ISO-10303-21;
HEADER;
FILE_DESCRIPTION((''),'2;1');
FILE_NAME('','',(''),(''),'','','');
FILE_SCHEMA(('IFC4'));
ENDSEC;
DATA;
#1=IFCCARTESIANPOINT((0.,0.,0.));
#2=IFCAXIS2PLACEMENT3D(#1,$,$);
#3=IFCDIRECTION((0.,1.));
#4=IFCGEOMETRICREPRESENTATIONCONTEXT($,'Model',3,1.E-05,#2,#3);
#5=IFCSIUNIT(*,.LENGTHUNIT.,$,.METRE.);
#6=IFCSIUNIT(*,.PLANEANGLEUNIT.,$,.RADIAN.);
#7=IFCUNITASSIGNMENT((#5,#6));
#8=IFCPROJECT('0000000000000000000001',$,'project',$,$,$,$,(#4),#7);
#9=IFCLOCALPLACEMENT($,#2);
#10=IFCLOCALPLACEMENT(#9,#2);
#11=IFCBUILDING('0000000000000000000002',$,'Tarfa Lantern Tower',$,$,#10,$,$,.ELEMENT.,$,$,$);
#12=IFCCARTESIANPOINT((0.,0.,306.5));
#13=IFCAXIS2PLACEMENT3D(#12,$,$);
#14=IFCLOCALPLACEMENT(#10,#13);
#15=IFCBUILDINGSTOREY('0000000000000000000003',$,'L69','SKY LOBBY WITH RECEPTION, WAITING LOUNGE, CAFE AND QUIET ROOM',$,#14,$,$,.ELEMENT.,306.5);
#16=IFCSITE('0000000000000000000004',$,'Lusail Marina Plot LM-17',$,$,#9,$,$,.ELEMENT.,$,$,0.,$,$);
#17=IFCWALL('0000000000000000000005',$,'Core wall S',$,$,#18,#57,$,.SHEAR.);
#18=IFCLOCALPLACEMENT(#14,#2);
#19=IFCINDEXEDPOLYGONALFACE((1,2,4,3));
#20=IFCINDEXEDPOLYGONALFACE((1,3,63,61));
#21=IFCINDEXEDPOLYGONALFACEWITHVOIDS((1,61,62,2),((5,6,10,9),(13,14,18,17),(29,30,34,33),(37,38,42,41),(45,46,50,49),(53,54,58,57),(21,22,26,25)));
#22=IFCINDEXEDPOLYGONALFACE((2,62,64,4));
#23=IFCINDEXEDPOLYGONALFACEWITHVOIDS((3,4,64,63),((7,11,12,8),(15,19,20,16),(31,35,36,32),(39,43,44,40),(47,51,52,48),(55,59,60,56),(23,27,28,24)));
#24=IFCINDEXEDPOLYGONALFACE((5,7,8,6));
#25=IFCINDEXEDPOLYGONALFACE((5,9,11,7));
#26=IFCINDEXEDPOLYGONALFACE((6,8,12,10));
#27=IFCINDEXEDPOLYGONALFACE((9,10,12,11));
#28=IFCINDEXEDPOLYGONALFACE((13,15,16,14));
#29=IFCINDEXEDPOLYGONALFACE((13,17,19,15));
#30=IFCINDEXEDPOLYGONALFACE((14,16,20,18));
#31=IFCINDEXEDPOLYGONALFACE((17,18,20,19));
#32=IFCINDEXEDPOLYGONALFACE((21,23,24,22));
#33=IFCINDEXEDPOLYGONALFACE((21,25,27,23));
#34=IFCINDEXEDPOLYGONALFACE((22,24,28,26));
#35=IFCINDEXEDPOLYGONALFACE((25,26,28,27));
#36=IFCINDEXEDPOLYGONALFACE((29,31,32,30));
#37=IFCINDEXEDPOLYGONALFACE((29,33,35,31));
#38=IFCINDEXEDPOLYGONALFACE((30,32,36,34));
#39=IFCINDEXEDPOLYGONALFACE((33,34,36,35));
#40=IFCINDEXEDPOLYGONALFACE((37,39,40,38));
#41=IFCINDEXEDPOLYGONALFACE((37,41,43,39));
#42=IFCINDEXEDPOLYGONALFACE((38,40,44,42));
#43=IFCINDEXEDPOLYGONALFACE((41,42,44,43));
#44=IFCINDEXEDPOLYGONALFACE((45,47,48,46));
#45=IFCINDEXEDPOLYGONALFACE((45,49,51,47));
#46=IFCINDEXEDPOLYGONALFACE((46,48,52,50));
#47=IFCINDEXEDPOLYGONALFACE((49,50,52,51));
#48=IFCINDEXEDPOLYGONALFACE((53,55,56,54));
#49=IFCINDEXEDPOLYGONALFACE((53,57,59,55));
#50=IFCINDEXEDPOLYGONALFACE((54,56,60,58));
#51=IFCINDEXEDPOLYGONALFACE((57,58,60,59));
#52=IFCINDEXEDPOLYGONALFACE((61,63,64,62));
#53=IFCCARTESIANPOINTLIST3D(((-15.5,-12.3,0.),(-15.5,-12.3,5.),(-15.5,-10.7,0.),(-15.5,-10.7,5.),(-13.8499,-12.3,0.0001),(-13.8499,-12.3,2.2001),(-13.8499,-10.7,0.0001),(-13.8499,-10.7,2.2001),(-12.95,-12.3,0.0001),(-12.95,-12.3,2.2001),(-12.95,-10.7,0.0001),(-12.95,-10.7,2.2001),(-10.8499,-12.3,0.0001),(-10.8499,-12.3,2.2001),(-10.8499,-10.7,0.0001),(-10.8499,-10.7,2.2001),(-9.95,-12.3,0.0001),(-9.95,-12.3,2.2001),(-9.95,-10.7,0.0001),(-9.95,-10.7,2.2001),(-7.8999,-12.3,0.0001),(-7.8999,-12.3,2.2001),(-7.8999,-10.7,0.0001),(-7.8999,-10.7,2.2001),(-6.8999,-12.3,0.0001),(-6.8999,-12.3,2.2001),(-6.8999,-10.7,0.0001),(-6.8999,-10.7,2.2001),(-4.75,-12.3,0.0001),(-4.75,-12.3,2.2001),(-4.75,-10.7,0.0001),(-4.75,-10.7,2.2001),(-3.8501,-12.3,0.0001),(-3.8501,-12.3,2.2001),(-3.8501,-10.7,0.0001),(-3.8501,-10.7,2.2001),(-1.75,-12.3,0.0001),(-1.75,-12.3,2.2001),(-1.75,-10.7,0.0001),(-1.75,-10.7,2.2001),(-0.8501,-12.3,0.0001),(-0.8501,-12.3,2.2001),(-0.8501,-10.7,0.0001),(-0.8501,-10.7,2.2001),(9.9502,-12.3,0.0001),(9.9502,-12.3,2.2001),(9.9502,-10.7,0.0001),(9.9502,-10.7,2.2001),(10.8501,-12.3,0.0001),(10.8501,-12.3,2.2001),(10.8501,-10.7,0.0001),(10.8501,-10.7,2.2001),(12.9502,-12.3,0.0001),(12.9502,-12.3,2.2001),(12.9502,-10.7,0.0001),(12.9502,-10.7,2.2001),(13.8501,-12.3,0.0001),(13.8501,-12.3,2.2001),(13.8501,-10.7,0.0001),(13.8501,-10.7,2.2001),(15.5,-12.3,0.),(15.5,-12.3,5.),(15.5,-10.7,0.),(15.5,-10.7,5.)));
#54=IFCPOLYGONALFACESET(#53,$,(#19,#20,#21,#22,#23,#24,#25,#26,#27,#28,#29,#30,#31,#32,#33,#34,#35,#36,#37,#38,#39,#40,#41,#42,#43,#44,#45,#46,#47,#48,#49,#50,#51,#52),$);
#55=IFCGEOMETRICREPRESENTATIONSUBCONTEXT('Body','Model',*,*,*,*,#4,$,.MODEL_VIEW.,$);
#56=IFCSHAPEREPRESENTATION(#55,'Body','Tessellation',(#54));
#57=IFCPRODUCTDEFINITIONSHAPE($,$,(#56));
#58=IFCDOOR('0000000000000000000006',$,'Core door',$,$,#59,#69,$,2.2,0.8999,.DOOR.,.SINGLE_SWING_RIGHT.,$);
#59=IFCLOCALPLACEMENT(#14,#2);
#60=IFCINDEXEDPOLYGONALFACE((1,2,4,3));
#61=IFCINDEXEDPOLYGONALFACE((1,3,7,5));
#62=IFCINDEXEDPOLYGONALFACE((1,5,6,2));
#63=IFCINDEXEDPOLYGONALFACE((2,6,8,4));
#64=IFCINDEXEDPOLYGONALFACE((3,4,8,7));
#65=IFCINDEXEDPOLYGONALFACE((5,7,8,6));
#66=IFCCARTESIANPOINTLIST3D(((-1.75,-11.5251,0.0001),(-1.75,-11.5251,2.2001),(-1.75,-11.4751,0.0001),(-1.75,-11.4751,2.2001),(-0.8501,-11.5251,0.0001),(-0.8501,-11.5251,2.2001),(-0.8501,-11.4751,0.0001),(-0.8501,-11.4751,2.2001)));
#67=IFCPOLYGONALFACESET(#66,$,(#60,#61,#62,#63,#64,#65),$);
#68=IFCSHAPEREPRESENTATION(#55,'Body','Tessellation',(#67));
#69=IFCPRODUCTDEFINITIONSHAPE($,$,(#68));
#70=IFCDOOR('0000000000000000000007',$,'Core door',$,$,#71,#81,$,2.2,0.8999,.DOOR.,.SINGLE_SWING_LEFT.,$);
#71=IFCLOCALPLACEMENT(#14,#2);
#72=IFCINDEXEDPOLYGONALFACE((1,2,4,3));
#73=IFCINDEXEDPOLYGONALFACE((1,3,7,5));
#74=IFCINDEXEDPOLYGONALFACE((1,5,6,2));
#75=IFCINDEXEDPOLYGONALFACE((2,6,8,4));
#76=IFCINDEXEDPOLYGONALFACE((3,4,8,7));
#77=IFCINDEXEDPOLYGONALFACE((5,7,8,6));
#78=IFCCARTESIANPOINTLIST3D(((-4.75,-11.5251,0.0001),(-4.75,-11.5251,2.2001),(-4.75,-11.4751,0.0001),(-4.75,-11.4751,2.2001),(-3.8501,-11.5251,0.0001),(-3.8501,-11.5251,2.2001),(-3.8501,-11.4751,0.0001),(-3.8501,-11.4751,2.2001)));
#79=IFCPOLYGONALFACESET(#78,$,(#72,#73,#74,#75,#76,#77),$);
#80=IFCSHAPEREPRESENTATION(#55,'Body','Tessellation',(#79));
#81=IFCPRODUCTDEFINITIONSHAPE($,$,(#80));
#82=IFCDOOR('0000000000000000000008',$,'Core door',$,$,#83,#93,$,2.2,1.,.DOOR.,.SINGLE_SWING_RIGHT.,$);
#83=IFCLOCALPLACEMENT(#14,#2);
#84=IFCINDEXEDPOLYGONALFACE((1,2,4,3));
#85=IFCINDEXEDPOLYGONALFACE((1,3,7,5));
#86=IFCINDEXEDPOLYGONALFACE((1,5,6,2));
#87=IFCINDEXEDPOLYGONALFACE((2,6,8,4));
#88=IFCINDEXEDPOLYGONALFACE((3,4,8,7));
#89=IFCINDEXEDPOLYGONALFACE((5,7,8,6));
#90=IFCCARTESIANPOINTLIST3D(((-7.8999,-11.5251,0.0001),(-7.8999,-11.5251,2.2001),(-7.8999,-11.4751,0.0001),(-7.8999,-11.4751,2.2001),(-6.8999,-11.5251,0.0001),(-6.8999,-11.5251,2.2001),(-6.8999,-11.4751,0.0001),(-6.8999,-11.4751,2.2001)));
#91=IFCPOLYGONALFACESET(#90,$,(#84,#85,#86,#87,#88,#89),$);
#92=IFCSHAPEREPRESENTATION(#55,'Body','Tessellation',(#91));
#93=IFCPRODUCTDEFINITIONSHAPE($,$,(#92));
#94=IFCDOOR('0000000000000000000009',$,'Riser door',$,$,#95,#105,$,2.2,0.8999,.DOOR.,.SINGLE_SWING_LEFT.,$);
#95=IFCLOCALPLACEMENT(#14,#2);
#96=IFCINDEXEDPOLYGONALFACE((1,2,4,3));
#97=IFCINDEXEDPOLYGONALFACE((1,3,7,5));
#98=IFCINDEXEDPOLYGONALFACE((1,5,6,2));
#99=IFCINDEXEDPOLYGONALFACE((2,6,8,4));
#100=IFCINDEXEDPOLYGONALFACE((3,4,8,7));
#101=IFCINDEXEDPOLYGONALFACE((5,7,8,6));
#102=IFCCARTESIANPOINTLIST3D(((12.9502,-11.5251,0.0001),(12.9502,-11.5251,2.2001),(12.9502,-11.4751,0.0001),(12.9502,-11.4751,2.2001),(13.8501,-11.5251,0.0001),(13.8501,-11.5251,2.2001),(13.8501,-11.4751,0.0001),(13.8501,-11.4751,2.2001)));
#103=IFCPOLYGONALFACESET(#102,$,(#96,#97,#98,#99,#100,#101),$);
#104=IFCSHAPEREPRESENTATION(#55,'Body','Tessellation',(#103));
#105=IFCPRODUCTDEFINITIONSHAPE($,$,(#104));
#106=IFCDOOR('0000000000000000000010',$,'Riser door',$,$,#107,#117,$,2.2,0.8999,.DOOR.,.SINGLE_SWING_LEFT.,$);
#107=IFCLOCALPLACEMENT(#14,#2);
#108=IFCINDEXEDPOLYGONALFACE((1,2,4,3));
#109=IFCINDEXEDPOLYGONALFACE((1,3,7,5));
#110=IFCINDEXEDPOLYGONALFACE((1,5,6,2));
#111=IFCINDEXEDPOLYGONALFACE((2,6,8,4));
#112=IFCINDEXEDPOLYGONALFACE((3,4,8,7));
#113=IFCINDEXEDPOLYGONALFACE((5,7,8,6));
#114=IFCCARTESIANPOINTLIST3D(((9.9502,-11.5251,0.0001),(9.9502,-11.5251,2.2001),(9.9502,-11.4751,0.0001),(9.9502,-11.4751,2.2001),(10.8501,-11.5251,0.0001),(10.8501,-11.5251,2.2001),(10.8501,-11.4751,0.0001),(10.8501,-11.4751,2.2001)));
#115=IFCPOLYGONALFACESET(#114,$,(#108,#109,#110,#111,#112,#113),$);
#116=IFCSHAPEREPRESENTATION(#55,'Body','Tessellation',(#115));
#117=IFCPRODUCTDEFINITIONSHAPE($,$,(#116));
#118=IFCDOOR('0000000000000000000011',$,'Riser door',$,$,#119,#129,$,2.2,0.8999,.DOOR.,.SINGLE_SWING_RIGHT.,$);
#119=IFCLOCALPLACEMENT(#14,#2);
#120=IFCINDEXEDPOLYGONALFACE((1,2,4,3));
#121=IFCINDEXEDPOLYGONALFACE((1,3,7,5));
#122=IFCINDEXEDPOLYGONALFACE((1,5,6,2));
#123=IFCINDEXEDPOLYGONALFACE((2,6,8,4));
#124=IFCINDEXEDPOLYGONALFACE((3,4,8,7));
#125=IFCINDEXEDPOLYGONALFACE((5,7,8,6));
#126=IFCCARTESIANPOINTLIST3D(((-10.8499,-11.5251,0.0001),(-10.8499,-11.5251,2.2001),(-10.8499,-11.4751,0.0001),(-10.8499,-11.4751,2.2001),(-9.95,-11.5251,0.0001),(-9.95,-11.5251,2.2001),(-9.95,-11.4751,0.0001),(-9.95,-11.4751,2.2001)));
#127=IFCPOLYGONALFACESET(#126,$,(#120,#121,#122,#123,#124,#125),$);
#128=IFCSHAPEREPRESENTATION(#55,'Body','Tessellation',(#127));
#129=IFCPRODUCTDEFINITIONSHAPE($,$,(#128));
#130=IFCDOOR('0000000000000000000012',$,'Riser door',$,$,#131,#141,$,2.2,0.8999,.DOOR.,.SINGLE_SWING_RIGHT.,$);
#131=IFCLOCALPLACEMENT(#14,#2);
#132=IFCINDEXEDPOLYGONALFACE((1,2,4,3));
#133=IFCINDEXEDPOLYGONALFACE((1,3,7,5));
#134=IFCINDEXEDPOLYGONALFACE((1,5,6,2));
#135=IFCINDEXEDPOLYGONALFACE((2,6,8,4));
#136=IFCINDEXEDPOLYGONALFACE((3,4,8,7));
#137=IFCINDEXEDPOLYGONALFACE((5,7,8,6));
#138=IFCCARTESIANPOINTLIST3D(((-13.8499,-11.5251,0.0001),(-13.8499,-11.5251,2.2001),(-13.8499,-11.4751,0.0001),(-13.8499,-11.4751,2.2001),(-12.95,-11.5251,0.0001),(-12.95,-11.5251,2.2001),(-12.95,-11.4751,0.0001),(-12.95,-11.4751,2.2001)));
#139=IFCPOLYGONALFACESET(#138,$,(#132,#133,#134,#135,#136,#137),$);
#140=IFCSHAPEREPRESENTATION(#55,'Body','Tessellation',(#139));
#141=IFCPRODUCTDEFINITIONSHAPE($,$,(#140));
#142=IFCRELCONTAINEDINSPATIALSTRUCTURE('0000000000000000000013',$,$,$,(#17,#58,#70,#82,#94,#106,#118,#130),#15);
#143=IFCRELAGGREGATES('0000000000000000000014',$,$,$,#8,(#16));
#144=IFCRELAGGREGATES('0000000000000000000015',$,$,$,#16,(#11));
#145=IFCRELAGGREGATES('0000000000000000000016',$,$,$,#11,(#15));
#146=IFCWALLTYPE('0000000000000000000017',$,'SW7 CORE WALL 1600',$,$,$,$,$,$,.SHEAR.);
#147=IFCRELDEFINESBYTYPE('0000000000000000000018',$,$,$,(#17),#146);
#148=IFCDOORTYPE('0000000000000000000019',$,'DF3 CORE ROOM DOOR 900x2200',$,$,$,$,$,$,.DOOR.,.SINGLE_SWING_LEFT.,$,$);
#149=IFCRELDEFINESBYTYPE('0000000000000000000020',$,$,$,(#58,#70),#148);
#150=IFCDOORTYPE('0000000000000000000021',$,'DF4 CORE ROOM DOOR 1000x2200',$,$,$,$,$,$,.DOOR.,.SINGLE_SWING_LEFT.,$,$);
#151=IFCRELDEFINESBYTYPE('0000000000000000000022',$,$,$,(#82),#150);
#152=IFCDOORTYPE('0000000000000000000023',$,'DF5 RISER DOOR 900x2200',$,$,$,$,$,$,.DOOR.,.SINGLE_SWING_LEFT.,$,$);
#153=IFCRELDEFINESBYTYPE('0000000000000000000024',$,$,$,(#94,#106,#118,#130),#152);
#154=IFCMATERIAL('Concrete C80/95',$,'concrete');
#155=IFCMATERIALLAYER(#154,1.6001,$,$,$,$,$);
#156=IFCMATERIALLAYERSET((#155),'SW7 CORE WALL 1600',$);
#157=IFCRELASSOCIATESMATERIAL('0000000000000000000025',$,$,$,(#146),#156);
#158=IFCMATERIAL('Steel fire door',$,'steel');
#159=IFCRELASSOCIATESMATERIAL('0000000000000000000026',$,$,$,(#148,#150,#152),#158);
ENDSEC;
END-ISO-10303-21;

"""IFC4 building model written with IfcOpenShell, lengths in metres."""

from ifc_helpers import new_model, si_unit, direction, frame, frame_2d, origin, place, context, subcontext, project, spatial, rectangle, extrude, material, layer, layer_set, type_object, element, fill, save


model = new_model("IFC4")

# Units and contexts
model_context = context("Model", 3, precision=1e-05, world=origin(), true_north=direction((0.0, 1.0)))
body_context = subcontext(model_context, "Body", "Model", "MODEL_VIEW")
ifc_project = project(units=[si_unit("LENGTHUNIT", "METRE"), si_unit("PLANEANGLEUNIT", "RADIAN")], contexts=[model_context])

# Site, building, storey
site_placement = place(None, origin())
site = spatial("IfcSite", under=ifc_project, at=site_placement, Name="Lusail Marina Plot LM-17", CompositionType="ELEMENT", RefElevation=0.0)
building_placement = place(site_placement, origin())
building = spatial("IfcBuilding", under=site, at=building_placement, Name="Tarfa Lantern Tower", CompositionType="ELEMENT")
storey_placement = place(building_placement, frame((0.0, 0.0, 306.5)))
storey = spatial("IfcBuildingStorey", under=building, at=storey_placement, Name="L69", Description="SKY LOBBY WITH RECEPTION, WAITING LOUNGE, CAFE AND QUIET ROOM", CompositionType="ELEMENT", Elevation=306.5)

# Shared definitions
ifc_material_1 = material(Name="Concrete C80/95", Category="concrete")

# Shared definitions
ifc_material_2 = material(Name="Steel fire door", Category="steel")

# Wall, openings, doors
ifc_layer_1 = layer(ifc_material_1, 1.6001)
ifc_layer_set_1 = layer_set([ifc_layer_1], Name="SW7 CORE WALL 1600")
wall_type_1 = type_object("IfcWallType", Name="SW7 CORE WALL 1600", PredefinedType="SHEAR", material=ifc_layer_set_1)
wall_1_placement = place(storey_placement, frame((15.5, -11.5, 0.0), z_axis=(0.0, 0.0, 1.0), x_axis=(-1.0, 0.0, 0.0)))
wall_1 = element("IfcWall", 1, at=wall_1_placement, inside=storey, type_object=wall_type_1, Name="Core wall S", PredefinedType="SHEAR", context=body_context, shape_type="SweptSolid", body=[
    extrude(rectangle(XDim=31.0, YDim=1.6001, at=frame_2d((15.5, 0.0))), origin(), (0.0, 0.0, 1.0), 5.0),
])
opening_1_placement = place(wall_1_placement, frame((16.3501, 0.0, 0.0)))
opening_1 = element("IfcOpeningElement", 2, at=opening_1_placement, cuts=wall_1, PredefinedType="OPENING", context=body_context, shape_type="SweptSolid", body=[
    extrude(rectangle(XDim=0.8999, YDim=2.2, at=frame_2d((0.45, 1.1001))), frame((0.0, 0.8101, 0.0), z_axis=(0.0, -1.0, 0.0), x_axis=(1.0, 0.0, 0.0)), (0.0, 0.0, 1.0), 1.6201),
])
opening_2_placement = place(wall_1_placement, frame((19.3501, 0.0, 0.0)))
opening_2 = element("IfcOpeningElement", 3, at=opening_2_placement, cuts=wall_1, PredefinedType="OPENING", context=body_context, shape_type="SweptSolid", body=[
    extrude(rectangle(XDim=0.8999, YDim=2.2, at=frame_2d((0.45, 1.1001))), frame((0.0, 0.8101, 0.0), z_axis=(0.0, -1.0, 0.0), x_axis=(1.0, 0.0, 0.0)), (0.0, 0.0, 1.0), 1.6201),
])
opening_3_placement = place(wall_1_placement, frame((22.3999, 0.0, 0.0)))
opening_3 = element("IfcOpeningElement", 4, at=opening_3_placement, cuts=wall_1, PredefinedType="OPENING", context=body_context, shape_type="SweptSolid", body=[
    extrude(rectangle(XDim=1.0, YDim=2.2, at=frame_2d((0.5, 1.1001))), frame((0.0, 0.8101, 0.0), z_axis=(0.0, -1.0, 0.0), x_axis=(1.0, 0.0, 0.0)), (0.0, 0.0, 1.0), 1.6201),
])
opening_4_placement = place(wall_1_placement, frame((1.6499, 0.0, 0.0)))
opening_4 = element("IfcOpeningElement", 5, at=opening_4_placement, cuts=wall_1, PredefinedType="OPENING", context=body_context, shape_type="SweptSolid", body=[
    extrude(rectangle(XDim=0.8999, YDim=2.2, at=frame_2d((0.45, 1.1001))), frame((0.0, 0.8101, 0.0), z_axis=(0.0, -1.0, 0.0), x_axis=(1.0, 0.0, 0.0)), (0.0, 0.0, 1.0), 1.6201),
])
opening_5_placement = place(wall_1_placement, frame((4.6499, 0.0, 0.0)))
opening_5 = element("IfcOpeningElement", 6, at=opening_5_placement, cuts=wall_1, PredefinedType="OPENING", context=body_context, shape_type="SweptSolid", body=[
    extrude(rectangle(XDim=0.8999, YDim=2.2, at=frame_2d((0.45, 1.1001))), frame((0.0, 0.8101, 0.0), z_axis=(0.0, -1.0, 0.0), x_axis=(1.0, 0.0, 0.0)), (0.0, 0.0, 1.0), 1.6201),
])
opening_6_placement = place(wall_1_placement, frame((25.45, 0.0, 0.0)))
opening_6 = element("IfcOpeningElement", 7, at=opening_6_placement, cuts=wall_1, PredefinedType="OPENING", context=body_context, shape_type="SweptSolid", body=[
    extrude(rectangle(XDim=0.8999, YDim=2.2, at=frame_2d((0.45, 1.1001))), frame((0.0, 0.8101, 0.0), z_axis=(0.0, -1.0, 0.0), x_axis=(1.0, 0.0, 0.0)), (0.0, 0.0, 1.0), 1.6201),
])
opening_7_placement = place(wall_1_placement, frame((28.45, 0.0, 0.0)))
opening_7 = element("IfcOpeningElement", 8, at=opening_7_placement, cuts=wall_1, PredefinedType="OPENING", context=body_context, shape_type="SweptSolid", body=[
    extrude(rectangle(XDim=0.8999, YDim=2.2, at=frame_2d((0.45, 1.1001))), frame((0.0, 0.8101, 0.0), z_axis=(0.0, -1.0, 0.0), x_axis=(1.0, 0.0, 0.0)), (0.0, 0.0, 1.0), 1.6201),
])
door_type_1 = type_object("IfcDoorType", Name="DF3 CORE ROOM DOOR 900x2200", OperationType="SINGLE_SWING_LEFT", PredefinedType="DOOR", material=ifc_material_2)
door_1_placement = place(opening_1_placement, frame((0.8999, 0.0, 0.0), z_axis=(0.0, 0.0, 1.0), x_axis=(-1.0, 0.0, 0.0)))
door_1 = element("IfcDoor", 9, at=door_1_placement, inside=storey, type_object=door_type_1, Name="Core door", OperationType="SINGLE_SWING_RIGHT", OverallHeight=2.2, OverallWidth=0.8999, PredefinedType="DOOR", context=body_context, shape_type="SweptSolid", body=[
    extrude(rectangle(XDim=0.8999, YDim=2.2, at=frame_2d((0.45, 1.1001))), frame((0.0, 0.0249, 0.0), z_axis=(0.0, -1.0, 0.0), x_axis=(1.0, 0.0, 0.0)), (0.0, 0.0, 1.0), 0.05),
])
fill(opening_1, door_1)
door_2_placement = place(opening_2_placement, frame((0.8999, 0.0, 0.0), z_axis=(0.0, 0.0, 1.0), x_axis=(-1.0, 0.0, 0.0)))
door_2 = element("IfcDoor", 10, at=door_2_placement, inside=storey, type_object=door_type_1, Name="Core door", OperationType="SINGLE_SWING_LEFT", OverallHeight=2.2, OverallWidth=0.8999, PredefinedType="DOOR", context=body_context, shape_type="SweptSolid", body=[
    extrude(rectangle(XDim=0.8999, YDim=2.2, at=frame_2d((0.45, 1.1001))), frame((0.0, 0.0249, 0.0), z_axis=(0.0, -1.0, 0.0), x_axis=(1.0, 0.0, 0.0)), (0.0, 0.0, 1.0), 0.05),
])
fill(opening_2, door_2)
door_type_2 = type_object("IfcDoorType", Name="DF4 CORE ROOM DOOR 1000x2200", OperationType="SINGLE_SWING_LEFT", PredefinedType="DOOR", material=ifc_material_2)
door_3_placement = place(opening_3_placement, frame((1.0, 0.0, 0.0), z_axis=(0.0, 0.0, 1.0), x_axis=(-1.0, 0.0, 0.0)))
door_3 = element("IfcDoor", 11, at=door_3_placement, inside=storey, type_object=door_type_2, Name="Core door", OperationType="SINGLE_SWING_RIGHT", OverallHeight=2.2, OverallWidth=1.0, PredefinedType="DOOR", context=body_context, shape_type="SweptSolid", body=[
    extrude(rectangle(XDim=1.0, YDim=2.2, at=frame_2d((0.5, 1.1001))), frame((0.0, 0.0249, 0.0), z_axis=(0.0, -1.0, 0.0), x_axis=(1.0, 0.0, 0.0)), (0.0, 0.0, 1.0), 0.05),
])
fill(opening_3, door_3)
door_type_3 = type_object("IfcDoorType", Name="DF5 RISER DOOR 900x2200", OperationType="SINGLE_SWING_LEFT", PredefinedType="DOOR", material=ifc_material_2)
door_4_placement = place(opening_4_placement, frame((0.8999, 0.0, 0.0), z_axis=(0.0, 0.0, 1.0), x_axis=(-1.0, 0.0, 0.0)))
door_4 = element("IfcDoor", 12, at=door_4_placement, inside=storey, type_object=door_type_3, Name="Riser door", OperationType="SINGLE_SWING_LEFT", OverallHeight=2.2, OverallWidth=0.8999, PredefinedType="DOOR", context=body_context, shape_type="SweptSolid", body=[
    extrude(rectangle(XDim=0.8999, YDim=2.2, at=frame_2d((0.45, 1.1001))), frame((0.0, 0.0249, 0.0), z_axis=(0.0, -1.0, 0.0), x_axis=(1.0, 0.0, 0.0)), (0.0, 0.0, 1.0), 0.05),
])
fill(opening_4, door_4)
door_5_placement = place(opening_5_placement, frame((0.8999, 0.0, 0.0), z_axis=(0.0, 0.0, 1.0), x_axis=(-1.0, 0.0, 0.0)))
door_5 = element("IfcDoor", 13, at=door_5_placement, inside=storey, type_object=door_type_3, Name="Riser door", OperationType="SINGLE_SWING_LEFT", OverallHeight=2.2, OverallWidth=0.8999, PredefinedType="DOOR", context=body_context, shape_type="SweptSolid", body=[
    extrude(rectangle(XDim=0.8999, YDim=2.2, at=frame_2d((0.45, 1.1001))), frame((0.0, 0.0249, 0.0), z_axis=(0.0, -1.0, 0.0), x_axis=(1.0, 0.0, 0.0)), (0.0, 0.0, 1.0), 0.05),
])
fill(opening_5, door_5)
door_6_placement = place(opening_6_placement, frame((0.8999, 0.0, 0.0), z_axis=(0.0, 0.0, 1.0), x_axis=(-1.0, 0.0, 0.0)))
door_6 = element("IfcDoor", 14, at=door_6_placement, inside=storey, type_object=door_type_3, Name="Riser door", OperationType="SINGLE_SWING_RIGHT", OverallHeight=2.2, OverallWidth=0.8999, PredefinedType="DOOR", context=body_context, shape_type="SweptSolid", body=[
    extrude(rectangle(XDim=0.8999, YDim=2.2, at=frame_2d((0.45, 1.1001))), frame((0.0, 0.0249, 0.0), z_axis=(0.0, -1.0, 0.0), x_axis=(1.0, 0.0, 0.0)), (0.0, 0.0, 1.0), 0.05),
])
fill(opening_6, door_6)
door_7_placement = place(opening_7_placement, frame((0.8999, 0.0, 0.0), z_axis=(0.0, 0.0, 1.0), x_axis=(-1.0, 0.0, 0.0)))
door_7 = element("IfcDoor", 15, at=door_7_placement, inside=storey, type_object=door_type_3, Name="Riser door", OperationType="SINGLE_SWING_RIGHT", OverallHeight=2.2, OverallWidth=0.8999, PredefinedType="DOOR", context=body_context, shape_type="SweptSolid", body=[
    extrude(rectangle(XDim=0.8999, YDim=2.2, at=frame_2d((0.45, 1.1001))), frame((0.0, 0.0249, 0.0), z_axis=(0.0, -1.0, 0.0), x_axis=(1.0, 0.0, 0.0)), (0.0, 0.0, 1.0), 0.05),
])
fill(opening_7, door_7)

save(model, "model.ifc")
